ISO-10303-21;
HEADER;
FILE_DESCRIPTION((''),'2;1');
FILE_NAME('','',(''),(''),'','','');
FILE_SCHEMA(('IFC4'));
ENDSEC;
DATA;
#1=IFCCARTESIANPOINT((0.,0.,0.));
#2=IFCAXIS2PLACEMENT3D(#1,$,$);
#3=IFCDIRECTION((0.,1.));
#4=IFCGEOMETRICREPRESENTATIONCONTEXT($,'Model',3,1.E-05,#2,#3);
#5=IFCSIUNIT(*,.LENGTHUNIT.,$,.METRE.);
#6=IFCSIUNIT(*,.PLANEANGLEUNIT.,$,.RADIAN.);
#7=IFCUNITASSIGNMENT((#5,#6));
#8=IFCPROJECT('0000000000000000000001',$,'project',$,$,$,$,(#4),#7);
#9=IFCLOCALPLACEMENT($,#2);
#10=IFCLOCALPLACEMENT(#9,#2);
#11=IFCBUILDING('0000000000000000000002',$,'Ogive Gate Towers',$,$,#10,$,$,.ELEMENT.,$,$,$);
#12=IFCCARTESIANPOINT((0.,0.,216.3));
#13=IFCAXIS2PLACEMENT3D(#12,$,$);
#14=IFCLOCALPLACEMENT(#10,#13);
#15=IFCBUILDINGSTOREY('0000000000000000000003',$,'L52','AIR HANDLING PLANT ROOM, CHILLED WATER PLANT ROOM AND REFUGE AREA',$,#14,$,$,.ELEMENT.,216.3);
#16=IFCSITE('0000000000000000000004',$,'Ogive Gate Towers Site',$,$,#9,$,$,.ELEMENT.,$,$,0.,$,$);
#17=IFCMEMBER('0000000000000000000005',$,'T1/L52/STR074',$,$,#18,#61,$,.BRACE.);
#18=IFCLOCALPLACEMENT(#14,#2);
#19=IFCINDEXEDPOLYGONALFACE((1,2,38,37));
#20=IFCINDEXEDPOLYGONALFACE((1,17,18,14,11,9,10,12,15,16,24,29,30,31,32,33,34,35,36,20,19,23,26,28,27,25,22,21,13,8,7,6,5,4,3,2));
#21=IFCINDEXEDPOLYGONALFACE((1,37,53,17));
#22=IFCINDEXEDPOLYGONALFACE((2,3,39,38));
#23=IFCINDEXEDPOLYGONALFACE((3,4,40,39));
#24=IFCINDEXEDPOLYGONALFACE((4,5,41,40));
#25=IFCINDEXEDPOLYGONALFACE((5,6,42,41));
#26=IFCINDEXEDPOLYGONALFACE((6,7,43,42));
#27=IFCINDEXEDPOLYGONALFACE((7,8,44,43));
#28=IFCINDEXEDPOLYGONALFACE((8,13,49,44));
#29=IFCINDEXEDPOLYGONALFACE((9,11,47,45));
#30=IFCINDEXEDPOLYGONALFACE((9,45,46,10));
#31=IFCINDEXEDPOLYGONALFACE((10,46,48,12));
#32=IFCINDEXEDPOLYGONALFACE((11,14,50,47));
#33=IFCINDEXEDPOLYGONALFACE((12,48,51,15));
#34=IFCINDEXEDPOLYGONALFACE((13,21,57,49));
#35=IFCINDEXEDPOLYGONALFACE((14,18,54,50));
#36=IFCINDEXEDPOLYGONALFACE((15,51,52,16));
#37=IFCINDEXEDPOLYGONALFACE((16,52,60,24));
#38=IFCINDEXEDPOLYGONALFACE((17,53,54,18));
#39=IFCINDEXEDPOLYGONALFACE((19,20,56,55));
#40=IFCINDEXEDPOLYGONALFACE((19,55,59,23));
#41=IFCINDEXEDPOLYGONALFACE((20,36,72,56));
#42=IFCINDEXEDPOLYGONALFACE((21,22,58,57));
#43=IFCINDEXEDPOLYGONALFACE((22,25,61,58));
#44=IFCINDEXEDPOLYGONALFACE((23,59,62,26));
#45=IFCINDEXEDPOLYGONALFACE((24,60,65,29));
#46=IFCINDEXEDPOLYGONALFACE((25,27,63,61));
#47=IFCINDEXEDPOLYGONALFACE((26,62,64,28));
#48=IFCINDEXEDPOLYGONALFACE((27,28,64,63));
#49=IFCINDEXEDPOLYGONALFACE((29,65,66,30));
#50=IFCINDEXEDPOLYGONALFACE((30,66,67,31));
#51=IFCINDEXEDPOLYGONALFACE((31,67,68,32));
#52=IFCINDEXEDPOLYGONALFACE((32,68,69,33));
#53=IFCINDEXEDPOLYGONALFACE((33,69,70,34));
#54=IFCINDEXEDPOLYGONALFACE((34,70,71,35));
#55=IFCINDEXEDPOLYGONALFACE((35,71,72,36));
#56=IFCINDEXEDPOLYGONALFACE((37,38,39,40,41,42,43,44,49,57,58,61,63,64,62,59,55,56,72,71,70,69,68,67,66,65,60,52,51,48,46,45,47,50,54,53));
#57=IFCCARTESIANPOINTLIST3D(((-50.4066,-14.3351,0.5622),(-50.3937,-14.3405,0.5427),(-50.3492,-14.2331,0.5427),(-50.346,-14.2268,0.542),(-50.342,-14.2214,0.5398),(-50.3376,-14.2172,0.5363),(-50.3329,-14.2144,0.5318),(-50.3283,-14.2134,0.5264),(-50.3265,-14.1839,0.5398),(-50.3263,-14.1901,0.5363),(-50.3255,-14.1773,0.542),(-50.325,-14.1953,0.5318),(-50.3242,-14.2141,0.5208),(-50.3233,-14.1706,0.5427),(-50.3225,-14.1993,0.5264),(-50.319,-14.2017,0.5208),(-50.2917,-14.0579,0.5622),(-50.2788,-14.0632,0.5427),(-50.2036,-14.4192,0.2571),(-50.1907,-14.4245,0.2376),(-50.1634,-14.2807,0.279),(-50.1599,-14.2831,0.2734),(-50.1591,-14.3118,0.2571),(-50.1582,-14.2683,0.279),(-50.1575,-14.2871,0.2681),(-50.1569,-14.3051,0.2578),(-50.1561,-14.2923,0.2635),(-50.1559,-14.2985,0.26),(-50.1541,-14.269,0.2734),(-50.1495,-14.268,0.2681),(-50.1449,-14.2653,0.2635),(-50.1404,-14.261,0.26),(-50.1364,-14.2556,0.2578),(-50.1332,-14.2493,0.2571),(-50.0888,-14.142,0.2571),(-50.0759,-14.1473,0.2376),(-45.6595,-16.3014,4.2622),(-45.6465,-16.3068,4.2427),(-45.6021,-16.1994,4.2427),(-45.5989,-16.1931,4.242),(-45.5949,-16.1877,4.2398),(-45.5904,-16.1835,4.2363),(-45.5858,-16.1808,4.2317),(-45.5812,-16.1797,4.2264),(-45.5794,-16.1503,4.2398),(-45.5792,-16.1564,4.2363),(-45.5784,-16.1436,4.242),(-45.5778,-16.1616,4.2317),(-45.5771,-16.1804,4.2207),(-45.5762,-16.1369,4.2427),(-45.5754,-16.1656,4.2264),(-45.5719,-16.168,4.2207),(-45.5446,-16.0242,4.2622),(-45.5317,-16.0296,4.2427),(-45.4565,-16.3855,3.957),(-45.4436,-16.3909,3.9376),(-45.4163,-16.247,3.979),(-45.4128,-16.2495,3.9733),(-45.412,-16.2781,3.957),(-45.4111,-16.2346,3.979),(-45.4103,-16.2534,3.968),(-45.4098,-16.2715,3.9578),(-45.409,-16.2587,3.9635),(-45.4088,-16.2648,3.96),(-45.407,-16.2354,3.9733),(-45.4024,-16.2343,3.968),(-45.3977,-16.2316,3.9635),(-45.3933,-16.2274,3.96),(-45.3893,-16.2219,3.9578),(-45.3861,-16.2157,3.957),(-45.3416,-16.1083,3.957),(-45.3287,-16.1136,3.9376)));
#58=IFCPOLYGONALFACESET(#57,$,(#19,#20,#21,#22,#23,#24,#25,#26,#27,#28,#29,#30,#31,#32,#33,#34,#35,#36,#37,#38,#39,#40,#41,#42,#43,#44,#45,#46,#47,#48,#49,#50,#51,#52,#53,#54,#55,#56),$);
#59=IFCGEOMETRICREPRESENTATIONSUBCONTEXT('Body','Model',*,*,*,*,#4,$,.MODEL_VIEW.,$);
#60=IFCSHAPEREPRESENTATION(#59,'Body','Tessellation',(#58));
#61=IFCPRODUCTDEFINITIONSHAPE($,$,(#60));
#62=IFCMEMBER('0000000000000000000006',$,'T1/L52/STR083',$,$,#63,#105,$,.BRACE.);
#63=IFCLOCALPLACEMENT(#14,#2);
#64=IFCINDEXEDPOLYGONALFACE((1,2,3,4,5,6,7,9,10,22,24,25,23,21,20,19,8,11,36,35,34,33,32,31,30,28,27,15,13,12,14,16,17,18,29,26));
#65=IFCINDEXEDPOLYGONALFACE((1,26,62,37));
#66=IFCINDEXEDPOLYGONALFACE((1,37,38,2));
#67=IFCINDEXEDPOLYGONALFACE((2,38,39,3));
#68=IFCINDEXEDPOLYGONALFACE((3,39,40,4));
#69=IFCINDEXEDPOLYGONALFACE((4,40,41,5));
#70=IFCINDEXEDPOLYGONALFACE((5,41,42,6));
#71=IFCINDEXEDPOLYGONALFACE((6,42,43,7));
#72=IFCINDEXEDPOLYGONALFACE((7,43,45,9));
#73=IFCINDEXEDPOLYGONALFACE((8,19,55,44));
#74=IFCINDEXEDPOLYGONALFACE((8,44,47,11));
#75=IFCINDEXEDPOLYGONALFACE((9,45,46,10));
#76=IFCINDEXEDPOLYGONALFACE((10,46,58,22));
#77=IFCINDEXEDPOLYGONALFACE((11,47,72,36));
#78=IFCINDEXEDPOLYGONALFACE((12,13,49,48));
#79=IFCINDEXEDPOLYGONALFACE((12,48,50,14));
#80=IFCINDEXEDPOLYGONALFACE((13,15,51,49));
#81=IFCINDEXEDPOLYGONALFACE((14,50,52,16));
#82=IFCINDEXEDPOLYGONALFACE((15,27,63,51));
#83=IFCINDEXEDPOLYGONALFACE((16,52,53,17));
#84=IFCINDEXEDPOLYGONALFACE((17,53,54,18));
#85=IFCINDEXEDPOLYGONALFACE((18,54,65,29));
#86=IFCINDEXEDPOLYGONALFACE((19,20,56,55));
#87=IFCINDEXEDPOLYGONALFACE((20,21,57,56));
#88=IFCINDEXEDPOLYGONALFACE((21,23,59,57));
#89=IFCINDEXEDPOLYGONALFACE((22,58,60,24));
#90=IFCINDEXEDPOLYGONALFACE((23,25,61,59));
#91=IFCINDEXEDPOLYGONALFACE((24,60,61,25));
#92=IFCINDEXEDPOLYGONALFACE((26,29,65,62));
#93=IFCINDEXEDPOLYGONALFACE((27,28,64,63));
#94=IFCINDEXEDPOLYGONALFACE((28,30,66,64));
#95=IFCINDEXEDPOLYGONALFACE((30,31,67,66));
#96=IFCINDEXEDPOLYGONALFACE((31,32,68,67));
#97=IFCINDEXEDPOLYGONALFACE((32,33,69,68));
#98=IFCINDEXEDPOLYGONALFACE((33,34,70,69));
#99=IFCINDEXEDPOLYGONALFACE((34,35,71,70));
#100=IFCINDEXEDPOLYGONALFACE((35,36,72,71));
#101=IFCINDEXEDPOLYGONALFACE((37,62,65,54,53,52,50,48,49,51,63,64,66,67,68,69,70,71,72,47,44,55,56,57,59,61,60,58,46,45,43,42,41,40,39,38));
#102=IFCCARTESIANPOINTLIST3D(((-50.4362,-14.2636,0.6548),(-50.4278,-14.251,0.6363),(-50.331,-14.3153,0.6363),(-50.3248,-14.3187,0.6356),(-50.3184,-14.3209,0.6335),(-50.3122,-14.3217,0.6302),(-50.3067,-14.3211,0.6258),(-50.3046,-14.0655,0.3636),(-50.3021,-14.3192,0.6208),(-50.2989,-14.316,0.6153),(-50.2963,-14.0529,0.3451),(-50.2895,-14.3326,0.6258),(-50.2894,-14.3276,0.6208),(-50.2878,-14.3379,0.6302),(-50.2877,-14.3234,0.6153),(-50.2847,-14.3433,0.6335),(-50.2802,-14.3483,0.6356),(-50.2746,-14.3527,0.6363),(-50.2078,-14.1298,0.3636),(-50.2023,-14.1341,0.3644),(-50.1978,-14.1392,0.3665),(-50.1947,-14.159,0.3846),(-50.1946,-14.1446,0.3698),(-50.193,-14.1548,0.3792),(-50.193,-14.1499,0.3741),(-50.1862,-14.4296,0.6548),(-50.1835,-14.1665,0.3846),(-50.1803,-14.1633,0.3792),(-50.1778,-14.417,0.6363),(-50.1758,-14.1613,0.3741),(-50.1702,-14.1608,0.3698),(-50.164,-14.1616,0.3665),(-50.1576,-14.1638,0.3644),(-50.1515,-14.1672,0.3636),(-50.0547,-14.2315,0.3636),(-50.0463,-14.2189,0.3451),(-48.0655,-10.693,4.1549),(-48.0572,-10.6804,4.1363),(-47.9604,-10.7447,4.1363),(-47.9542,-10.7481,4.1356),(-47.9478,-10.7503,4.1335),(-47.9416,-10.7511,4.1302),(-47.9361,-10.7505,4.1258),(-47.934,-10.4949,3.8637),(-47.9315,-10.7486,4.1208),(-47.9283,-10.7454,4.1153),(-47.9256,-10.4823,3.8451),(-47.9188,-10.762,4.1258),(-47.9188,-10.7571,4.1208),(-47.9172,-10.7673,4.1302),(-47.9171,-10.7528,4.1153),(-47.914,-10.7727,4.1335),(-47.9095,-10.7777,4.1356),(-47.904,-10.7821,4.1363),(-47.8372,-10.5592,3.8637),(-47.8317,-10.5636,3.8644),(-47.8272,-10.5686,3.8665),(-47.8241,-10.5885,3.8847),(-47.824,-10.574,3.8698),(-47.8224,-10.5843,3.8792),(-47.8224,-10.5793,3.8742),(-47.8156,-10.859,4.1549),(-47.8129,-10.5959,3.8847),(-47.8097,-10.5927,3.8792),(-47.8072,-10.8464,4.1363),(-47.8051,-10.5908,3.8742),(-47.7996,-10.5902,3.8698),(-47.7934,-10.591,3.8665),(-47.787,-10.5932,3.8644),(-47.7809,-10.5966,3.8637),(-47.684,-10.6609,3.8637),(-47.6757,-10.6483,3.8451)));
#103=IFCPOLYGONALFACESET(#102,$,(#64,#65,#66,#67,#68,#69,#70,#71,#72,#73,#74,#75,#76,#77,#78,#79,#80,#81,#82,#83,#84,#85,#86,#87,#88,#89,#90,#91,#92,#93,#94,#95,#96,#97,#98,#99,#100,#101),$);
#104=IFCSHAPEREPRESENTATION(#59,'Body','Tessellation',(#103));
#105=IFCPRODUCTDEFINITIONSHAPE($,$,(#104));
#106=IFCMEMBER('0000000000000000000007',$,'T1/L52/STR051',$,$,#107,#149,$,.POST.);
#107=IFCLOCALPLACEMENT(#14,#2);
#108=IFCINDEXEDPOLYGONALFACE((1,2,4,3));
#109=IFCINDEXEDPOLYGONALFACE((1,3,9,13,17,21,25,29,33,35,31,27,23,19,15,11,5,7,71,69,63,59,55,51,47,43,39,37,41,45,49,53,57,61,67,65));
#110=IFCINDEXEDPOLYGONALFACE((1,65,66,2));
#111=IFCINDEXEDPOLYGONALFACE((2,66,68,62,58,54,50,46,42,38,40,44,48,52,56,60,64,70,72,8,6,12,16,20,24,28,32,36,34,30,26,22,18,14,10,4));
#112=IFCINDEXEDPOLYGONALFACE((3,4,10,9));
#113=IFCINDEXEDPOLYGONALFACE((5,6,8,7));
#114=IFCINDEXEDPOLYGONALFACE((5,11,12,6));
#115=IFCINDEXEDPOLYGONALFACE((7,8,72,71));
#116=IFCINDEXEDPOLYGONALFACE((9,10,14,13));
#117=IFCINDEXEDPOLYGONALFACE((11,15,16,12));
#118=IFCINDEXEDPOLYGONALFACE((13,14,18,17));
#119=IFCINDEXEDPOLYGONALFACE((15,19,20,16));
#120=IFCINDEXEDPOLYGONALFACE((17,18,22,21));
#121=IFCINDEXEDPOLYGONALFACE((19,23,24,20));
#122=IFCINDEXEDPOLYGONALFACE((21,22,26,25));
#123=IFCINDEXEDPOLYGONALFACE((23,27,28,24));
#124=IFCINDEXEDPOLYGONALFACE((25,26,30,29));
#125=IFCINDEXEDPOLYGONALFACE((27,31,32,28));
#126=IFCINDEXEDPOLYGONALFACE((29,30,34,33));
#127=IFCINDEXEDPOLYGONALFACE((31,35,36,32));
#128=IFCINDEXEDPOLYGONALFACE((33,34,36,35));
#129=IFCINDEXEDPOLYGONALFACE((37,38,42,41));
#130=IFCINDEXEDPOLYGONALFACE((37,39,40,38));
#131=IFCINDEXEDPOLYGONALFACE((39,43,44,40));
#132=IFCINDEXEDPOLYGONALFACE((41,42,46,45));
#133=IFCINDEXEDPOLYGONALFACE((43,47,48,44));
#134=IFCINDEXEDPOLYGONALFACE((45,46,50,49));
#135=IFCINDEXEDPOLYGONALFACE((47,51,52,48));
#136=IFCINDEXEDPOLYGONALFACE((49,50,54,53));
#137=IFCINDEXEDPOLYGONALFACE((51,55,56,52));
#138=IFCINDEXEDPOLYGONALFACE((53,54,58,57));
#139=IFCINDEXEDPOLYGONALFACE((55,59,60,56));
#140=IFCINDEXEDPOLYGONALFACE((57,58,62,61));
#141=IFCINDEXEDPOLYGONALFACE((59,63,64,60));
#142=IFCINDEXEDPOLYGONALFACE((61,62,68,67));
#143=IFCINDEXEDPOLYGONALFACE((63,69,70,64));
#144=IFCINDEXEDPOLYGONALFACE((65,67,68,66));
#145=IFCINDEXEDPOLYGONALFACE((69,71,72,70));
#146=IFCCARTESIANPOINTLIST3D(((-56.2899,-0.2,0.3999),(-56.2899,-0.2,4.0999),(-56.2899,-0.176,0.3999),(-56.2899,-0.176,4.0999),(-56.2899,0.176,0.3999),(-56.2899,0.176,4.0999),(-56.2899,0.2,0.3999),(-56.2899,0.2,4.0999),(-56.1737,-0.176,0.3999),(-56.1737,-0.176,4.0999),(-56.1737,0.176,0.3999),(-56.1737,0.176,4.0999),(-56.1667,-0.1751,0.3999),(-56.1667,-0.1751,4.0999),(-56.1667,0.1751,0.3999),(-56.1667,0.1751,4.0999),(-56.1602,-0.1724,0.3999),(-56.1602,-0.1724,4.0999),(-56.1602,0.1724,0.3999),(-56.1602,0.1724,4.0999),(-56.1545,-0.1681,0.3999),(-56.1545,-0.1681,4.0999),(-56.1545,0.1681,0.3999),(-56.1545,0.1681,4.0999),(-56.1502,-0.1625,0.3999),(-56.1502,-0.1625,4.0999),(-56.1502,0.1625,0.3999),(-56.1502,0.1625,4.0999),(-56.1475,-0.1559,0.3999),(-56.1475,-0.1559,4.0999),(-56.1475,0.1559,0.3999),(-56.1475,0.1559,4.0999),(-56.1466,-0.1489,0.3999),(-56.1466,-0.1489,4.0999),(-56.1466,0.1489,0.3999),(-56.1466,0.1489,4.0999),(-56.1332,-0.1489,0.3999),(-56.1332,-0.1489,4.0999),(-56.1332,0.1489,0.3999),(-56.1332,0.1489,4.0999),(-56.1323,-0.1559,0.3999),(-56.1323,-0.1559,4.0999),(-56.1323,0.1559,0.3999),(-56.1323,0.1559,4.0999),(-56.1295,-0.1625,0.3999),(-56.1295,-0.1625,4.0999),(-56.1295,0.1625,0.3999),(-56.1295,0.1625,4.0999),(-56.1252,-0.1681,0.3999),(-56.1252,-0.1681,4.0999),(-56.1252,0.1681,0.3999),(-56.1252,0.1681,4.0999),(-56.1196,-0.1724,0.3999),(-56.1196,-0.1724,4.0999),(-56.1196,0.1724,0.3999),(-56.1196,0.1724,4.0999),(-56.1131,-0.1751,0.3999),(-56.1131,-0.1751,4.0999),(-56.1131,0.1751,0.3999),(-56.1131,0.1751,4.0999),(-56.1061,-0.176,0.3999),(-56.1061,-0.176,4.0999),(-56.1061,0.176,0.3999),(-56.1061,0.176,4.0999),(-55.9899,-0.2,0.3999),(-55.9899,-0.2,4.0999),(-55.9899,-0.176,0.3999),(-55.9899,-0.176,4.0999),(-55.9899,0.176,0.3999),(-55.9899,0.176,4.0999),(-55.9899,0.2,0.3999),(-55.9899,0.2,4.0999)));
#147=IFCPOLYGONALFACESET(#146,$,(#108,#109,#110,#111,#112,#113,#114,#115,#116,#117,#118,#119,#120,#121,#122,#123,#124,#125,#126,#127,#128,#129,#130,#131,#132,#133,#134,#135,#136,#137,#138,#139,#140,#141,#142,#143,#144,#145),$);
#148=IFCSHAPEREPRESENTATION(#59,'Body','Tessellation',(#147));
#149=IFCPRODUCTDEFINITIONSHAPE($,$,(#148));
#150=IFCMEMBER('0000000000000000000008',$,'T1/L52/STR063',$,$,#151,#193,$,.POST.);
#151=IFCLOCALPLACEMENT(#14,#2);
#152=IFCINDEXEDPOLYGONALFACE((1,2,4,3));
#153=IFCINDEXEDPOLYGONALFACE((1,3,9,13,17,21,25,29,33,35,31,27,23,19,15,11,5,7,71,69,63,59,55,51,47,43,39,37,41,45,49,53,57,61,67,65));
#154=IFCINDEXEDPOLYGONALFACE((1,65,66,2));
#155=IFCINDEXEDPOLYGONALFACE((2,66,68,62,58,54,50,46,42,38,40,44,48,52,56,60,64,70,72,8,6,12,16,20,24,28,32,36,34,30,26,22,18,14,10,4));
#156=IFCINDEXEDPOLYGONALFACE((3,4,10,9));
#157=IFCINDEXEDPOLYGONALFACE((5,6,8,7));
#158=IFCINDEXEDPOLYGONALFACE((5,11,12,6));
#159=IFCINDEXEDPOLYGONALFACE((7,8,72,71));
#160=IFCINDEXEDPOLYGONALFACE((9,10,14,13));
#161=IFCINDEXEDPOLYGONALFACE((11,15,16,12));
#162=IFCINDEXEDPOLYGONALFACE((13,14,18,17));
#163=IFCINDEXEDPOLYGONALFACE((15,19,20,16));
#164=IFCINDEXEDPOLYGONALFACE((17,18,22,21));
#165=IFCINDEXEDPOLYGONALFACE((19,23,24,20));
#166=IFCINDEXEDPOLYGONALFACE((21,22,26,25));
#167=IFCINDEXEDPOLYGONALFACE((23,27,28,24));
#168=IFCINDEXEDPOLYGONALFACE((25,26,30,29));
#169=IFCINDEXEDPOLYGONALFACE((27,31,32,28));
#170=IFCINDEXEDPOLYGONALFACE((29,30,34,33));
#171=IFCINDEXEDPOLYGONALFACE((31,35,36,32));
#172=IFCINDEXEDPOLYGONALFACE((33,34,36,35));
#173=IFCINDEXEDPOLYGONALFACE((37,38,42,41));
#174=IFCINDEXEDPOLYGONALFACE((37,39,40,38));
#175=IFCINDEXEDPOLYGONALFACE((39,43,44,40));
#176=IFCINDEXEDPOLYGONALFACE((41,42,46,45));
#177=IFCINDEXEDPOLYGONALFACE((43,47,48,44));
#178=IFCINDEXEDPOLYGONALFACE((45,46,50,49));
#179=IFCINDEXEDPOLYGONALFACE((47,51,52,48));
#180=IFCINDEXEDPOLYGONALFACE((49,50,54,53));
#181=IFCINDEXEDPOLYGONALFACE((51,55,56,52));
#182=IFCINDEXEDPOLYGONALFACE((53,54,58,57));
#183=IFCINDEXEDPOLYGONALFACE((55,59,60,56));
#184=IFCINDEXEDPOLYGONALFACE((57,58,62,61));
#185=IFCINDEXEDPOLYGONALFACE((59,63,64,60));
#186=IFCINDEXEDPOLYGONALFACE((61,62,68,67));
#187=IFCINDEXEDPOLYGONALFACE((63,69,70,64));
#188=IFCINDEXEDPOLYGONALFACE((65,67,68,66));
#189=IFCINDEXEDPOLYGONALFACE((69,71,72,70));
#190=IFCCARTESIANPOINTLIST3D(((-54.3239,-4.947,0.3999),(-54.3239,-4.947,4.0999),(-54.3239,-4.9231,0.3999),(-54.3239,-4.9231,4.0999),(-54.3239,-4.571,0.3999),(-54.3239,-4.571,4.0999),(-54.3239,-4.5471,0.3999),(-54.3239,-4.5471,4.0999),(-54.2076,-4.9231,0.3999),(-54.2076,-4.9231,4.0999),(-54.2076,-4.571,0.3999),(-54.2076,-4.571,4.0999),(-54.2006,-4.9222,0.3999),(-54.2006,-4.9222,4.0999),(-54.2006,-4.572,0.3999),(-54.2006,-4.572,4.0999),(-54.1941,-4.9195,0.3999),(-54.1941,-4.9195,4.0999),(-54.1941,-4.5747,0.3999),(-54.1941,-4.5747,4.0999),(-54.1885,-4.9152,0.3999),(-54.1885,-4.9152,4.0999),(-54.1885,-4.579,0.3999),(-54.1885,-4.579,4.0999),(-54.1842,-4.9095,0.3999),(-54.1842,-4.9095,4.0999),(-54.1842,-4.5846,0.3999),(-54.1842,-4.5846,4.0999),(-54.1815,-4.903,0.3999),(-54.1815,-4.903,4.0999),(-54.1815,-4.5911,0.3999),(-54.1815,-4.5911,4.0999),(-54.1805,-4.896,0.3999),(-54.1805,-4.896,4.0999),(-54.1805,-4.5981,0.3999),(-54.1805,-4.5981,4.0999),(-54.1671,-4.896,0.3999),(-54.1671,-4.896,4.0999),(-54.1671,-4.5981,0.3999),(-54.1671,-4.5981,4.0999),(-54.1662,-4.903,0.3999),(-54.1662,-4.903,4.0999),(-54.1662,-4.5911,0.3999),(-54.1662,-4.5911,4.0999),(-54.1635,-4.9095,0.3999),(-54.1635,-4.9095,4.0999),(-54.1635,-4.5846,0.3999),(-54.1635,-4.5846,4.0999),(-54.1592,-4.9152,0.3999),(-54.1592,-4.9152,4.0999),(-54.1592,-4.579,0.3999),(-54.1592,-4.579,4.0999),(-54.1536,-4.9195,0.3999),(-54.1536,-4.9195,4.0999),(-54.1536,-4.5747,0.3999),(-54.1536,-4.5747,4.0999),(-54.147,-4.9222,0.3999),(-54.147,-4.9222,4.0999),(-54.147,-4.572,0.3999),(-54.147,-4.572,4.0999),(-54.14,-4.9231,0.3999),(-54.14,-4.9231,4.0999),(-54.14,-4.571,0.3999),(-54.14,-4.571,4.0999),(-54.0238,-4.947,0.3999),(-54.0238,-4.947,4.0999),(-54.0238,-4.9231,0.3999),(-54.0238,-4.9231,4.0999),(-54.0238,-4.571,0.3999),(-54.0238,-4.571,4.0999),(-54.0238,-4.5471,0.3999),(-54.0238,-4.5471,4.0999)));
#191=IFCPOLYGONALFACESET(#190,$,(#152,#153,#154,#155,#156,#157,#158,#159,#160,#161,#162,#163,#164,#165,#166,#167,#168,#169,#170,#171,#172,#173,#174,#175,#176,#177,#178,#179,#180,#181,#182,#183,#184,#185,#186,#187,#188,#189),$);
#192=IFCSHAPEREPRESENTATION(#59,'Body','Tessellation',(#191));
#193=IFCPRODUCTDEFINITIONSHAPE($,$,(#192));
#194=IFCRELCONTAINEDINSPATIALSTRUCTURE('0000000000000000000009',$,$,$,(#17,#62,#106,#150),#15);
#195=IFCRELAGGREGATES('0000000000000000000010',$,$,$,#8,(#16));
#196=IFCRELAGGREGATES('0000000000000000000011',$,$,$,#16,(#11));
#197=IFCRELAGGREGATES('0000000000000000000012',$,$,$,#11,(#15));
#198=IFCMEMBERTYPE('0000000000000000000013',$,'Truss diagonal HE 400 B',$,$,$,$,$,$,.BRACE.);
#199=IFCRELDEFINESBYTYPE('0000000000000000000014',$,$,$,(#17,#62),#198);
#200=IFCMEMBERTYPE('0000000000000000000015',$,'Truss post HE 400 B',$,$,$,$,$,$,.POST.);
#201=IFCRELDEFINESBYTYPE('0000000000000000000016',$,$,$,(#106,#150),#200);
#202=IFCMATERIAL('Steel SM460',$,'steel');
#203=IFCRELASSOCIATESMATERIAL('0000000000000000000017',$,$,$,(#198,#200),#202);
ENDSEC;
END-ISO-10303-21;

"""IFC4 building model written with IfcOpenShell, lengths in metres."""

from ifc_helpers import new_model, si_unit, direction, frame, origin, origin_2d, place, context, subcontext, project, spatial, i_section, extrude, material, material_profile, profile_set, type_object, element, save


model = new_model("IFC4")

# Units and contexts
model_context = context("Model", 3, precision=1e-05, world=origin(), true_north=direction((0.0, 1.0)))
body_context = subcontext(model_context, "Body", "Model", "MODEL_VIEW")
ifc_project = project(units=[si_unit("LENGTHUNIT", "METRE"), si_unit("PLANEANGLEUNIT", "RADIAN")], contexts=[model_context])

# Site, building, storey
site_placement = place(None, origin())
site = spatial("IfcSite", under=ifc_project, at=site_placement, Name="Ogive Gate Towers Site", CompositionType="ELEMENT", RefElevation=0.0)
building_placement = place(site_placement, origin())
building = spatial("IfcBuilding", under=site, at=building_placement, Name="Ogive Gate Towers", CompositionType="ELEMENT")
storey_placement = place(building_placement, frame((0.0, 0.0, 216.3)))
storey = spatial("IfcBuildingStorey", under=building, at=storey_placement, Name="L52", Description="AIR HANDLING PLANT ROOM, CHILLED WATER PLANT ROOM AND REFUGE AREA", CompositionType="ELEMENT", Elevation=216.3)

# Shared definitions
ifc_material_1 = material(Name="Steel SM460", Category="steel")

# Members
ifc_material_profile_1 = material_profile(ifc_material_1, i_section(OverallWidth=0.3, OverallDepth=0.3999, WebThickness=0.0134, FlangeThickness=0.0239, FilletRadius=0.0271, at=origin_2d()), Name="HE 400 B")
ifc_profile_set_1 = profile_set([ifc_material_profile_1], Name="Steel SM460")
member_type_1 = type_object("IfcMemberType", Name="Truss diagonal HE 400 B", PredefinedType="BRACE", material=ifc_profile_set_1)
member_1_placement = place(storey_placement, frame((-50.2412, -14.2412, 0.3999), z_axis=(0.749728, -0.310549, 0.584352), x_axis=(0.382685, 0.923879, 0.0)))
element("IfcMember", 1, at=member_1_placement, inside=storey, type_object=member_type_1, Name="T1/L52/STR074", PredefinedType="BRACE", context=body_context, shape_type="SweptSolid", body=[
    extrude(i_section(OverallWidth=0.3, OverallDepth=0.3999, WebThickness=0.0134, FlangeThickness=0.0239, FilletRadius=0.0271, at=origin_2d()), origin(), (0.0, 0.0, 1.0), 6.3318),
])
member_2_placement = place(storey_placement, frame((-47.8706, -10.6707, 4.0), z_axis=(-0.428417, -0.645272, -0.632521), x_axis=(0.8331, -0.553122, 0.0)))
element("IfcMember", 2, at=member_2_placement, inside=storey, type_object=member_type_1, Name="T1/L52/STR083", PredefinedType="BRACE", context=body_context, shape_type="SweptSolid", body=[
    extrude(i_section(OverallWidth=0.3, OverallDepth=0.3999, WebThickness=0.0134, FlangeThickness=0.0239, FilletRadius=0.0271, at=origin_2d()), origin(), (0.0, 0.0, 1.0), 5.5334),
])
ifc_material_profile_2 = material_profile(ifc_material_1, i_section(OverallWidth=0.3, OverallDepth=0.3999, WebThickness=0.0134, FlangeThickness=0.0239, FilletRadius=0.0271, at=origin_2d()), Name="HE 400 B")
ifc_profile_set_2 = profile_set([ifc_material_profile_2], Name="Steel SM460")
member_type_2 = type_object("IfcMemberType", Name="Truss post HE 400 B", PredefinedType="POST", material=ifc_profile_set_2)
for number, where, z_axis, x_axis, name in (
    (3, (-56.1399, 0.0, 0.3999), (0.0, 0.0, 1.0), (1.0, 0.0, 0.0), "T1/L52/STR051"),
    (4, (-54.1738, -4.7471, 0.3999), (0.0, 0.0, 1.0), (1.0, 0.0, 0.0), "T1/L52/STR063"),
):
    element("IfcMember", number, at=place(storey_placement, frame(where, z_axis=z_axis, x_axis=x_axis)), inside=storey, type_object=member_type_2, Name=name, PredefinedType="POST", context=body_context, shape_type="SweptSolid", body=[
        extrude(i_section(OverallWidth=0.3, OverallDepth=0.3999, WebThickness=0.0134, FlangeThickness=0.0239, FilletRadius=0.0271, at=origin_2d()), origin(), (0.0, 0.0, 1.0), 3.7),
    ])

save(model, "model.ifc")
